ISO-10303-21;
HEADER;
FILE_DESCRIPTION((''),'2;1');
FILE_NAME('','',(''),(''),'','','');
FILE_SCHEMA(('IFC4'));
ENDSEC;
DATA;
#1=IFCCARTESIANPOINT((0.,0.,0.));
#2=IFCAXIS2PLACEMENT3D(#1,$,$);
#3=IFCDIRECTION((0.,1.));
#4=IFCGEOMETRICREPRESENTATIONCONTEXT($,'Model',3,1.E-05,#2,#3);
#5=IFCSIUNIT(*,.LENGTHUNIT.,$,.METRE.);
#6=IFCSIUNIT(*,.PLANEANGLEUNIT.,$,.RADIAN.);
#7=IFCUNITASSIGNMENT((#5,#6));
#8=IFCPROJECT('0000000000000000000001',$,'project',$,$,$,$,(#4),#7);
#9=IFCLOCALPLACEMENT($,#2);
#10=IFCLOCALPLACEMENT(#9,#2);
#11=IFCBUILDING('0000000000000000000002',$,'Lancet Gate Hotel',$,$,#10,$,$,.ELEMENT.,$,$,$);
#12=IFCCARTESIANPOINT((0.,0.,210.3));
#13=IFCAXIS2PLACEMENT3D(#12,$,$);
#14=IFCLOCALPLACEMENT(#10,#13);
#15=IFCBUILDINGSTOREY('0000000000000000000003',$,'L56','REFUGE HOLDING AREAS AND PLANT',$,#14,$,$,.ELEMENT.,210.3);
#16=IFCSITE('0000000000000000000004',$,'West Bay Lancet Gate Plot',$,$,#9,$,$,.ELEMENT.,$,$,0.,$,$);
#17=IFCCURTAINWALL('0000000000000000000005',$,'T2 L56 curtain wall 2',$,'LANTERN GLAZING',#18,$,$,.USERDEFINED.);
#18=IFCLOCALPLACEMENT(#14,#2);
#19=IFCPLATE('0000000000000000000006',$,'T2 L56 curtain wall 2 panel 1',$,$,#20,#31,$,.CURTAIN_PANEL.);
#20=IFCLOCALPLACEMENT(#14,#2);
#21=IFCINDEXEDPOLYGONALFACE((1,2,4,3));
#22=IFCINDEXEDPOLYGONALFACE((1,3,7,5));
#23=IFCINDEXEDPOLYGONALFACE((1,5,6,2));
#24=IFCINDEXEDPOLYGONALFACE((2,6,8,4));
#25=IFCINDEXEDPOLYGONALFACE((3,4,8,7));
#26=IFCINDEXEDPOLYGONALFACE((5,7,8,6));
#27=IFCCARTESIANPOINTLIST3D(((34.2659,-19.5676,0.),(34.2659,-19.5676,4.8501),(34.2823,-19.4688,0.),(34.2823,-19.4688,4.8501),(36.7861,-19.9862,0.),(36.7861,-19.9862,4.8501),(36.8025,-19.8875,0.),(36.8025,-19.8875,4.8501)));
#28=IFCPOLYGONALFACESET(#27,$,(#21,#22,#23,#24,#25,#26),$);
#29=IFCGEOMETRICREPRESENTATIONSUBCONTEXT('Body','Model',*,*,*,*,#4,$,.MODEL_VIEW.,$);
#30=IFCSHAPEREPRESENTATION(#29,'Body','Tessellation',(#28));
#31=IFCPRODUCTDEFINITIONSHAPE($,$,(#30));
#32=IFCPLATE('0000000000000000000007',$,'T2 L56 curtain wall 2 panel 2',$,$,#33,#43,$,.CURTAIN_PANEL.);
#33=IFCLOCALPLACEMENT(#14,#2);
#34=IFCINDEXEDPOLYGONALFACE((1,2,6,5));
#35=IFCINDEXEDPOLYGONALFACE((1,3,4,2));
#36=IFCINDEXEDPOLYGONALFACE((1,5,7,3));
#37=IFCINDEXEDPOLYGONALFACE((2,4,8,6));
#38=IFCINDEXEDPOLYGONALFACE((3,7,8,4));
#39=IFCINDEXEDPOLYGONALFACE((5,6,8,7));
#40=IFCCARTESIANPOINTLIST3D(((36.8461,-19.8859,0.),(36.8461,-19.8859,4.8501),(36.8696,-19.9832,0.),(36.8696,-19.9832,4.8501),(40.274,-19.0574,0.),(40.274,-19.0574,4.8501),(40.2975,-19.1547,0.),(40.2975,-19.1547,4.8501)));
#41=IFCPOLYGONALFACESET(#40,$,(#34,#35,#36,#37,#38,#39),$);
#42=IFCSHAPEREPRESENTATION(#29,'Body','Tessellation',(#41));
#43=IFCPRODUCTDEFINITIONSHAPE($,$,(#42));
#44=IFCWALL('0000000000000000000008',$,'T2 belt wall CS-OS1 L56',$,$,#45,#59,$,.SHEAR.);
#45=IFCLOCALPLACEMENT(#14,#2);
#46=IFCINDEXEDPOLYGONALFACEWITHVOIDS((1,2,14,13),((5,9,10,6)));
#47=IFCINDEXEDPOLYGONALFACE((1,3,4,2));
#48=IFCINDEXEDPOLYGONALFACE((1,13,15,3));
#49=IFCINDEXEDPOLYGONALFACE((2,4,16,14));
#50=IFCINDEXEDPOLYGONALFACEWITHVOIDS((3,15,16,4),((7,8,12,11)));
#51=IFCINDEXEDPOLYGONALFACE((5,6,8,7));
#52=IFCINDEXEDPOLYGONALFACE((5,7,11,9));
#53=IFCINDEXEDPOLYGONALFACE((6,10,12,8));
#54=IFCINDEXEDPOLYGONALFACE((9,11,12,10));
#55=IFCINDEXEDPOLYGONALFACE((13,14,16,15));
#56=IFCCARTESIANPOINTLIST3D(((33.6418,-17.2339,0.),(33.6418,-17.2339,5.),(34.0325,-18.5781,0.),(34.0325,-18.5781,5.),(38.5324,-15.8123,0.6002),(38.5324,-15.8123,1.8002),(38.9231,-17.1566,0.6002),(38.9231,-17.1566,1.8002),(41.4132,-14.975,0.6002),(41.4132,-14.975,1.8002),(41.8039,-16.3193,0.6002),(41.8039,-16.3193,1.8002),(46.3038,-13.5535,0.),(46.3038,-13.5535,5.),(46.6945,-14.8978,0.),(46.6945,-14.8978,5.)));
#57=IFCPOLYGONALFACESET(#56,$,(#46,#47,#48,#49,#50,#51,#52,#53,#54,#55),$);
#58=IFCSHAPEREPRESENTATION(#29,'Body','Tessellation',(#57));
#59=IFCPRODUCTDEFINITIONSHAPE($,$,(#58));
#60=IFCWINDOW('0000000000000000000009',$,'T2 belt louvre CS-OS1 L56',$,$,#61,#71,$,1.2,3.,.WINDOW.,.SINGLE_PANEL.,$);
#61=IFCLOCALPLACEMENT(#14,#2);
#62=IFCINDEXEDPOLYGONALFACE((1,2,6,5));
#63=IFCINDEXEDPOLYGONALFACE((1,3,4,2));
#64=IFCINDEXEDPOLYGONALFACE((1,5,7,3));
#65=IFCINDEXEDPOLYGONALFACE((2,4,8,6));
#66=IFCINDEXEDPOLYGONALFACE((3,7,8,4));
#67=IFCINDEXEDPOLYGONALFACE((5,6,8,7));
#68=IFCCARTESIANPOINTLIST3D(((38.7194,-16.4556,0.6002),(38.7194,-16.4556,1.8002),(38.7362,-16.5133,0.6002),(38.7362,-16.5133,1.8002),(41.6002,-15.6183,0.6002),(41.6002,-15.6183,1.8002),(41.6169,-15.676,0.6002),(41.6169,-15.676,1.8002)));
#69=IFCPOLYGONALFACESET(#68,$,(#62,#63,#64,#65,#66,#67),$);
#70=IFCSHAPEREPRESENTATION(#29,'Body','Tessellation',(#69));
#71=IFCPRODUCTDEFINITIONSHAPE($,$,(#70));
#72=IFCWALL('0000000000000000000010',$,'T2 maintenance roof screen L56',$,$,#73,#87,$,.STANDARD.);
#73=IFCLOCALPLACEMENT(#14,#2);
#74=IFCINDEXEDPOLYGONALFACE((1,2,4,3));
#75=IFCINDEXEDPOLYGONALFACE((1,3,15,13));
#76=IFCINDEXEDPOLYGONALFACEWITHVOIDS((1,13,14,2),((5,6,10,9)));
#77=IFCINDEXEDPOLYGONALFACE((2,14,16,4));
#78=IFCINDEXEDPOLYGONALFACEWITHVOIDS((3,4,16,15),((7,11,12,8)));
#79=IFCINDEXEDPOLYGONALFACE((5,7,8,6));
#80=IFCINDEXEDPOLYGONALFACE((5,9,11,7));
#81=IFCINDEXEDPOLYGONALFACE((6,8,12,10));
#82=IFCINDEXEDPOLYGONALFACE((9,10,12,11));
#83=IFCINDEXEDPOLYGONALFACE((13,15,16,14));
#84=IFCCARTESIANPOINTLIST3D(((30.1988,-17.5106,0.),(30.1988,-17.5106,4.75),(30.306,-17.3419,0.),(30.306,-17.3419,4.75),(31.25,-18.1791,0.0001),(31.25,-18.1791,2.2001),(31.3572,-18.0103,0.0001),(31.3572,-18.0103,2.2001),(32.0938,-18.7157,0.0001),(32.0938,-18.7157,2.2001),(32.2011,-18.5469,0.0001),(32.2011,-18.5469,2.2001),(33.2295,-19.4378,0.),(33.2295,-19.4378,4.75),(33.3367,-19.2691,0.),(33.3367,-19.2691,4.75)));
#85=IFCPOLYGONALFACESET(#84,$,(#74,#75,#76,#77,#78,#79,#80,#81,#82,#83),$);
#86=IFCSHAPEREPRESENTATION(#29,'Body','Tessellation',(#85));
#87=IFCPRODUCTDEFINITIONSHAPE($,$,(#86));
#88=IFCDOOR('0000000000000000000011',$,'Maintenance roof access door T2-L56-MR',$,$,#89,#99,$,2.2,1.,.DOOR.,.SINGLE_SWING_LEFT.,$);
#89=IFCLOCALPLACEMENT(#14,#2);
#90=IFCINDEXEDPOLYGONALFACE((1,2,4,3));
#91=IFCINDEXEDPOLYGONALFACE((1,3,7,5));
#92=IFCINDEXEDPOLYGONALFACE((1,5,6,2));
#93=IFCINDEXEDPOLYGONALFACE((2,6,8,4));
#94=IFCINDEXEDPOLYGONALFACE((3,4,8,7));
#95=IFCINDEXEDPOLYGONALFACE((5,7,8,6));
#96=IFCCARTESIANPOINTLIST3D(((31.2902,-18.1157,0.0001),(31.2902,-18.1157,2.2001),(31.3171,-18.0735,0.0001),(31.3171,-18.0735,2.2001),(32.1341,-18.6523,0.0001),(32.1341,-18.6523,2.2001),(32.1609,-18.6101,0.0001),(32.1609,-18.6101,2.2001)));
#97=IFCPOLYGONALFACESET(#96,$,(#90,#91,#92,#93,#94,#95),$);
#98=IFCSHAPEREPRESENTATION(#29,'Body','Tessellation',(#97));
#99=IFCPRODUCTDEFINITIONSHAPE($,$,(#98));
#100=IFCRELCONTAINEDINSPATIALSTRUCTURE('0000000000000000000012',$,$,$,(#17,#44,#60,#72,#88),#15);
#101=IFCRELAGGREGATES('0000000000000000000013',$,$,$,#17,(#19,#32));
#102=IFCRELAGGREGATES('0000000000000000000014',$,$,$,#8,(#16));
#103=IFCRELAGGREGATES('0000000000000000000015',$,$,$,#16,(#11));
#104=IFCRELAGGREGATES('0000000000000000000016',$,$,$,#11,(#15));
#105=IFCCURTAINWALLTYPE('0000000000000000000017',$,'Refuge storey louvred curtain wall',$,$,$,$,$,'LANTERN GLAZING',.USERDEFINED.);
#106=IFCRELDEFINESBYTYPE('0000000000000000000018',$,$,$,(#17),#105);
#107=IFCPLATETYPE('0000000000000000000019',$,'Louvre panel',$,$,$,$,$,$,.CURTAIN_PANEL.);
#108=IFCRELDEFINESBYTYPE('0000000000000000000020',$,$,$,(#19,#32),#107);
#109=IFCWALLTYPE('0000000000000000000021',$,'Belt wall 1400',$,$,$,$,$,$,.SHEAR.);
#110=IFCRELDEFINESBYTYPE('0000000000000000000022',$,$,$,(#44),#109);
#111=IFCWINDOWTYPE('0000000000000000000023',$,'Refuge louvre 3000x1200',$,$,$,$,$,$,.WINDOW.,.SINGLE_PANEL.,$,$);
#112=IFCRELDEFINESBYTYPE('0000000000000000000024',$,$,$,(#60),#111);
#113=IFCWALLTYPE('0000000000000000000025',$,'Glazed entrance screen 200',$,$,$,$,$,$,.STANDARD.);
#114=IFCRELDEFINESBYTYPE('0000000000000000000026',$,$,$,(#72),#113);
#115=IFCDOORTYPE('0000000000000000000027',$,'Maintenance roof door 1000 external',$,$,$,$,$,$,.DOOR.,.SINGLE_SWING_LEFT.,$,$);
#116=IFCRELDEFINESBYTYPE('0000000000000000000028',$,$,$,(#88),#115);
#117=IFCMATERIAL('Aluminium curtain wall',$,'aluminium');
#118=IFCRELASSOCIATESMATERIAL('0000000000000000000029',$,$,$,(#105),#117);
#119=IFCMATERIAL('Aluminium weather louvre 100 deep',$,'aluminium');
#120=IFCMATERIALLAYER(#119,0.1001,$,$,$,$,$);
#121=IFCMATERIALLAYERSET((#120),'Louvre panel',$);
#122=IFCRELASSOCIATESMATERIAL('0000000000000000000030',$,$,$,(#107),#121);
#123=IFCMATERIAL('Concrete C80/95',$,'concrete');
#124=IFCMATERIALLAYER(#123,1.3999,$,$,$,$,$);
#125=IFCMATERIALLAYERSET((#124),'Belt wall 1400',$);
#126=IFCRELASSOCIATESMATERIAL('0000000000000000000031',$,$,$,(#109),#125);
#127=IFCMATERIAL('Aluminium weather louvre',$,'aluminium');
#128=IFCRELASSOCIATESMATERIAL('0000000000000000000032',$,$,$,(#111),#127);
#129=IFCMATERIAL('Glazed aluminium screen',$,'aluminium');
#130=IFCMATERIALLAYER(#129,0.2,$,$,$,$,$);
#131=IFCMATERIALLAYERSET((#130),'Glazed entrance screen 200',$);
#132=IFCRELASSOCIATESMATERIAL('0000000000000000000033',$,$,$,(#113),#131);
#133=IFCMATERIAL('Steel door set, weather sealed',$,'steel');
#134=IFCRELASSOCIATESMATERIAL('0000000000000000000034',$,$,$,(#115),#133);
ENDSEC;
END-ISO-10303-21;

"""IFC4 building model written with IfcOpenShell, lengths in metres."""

from ifc_helpers import new_model, si_unit, direction, frame, frame_2d, origin, origin_2d, place, context, subcontext, project, spatial, rectangle, extrude, material, layer, layer_set, type_object, element, fill, aggregate, save


model = new_model("IFC4")

# Units and contexts
model_context = context("Model", 3, precision=1e-05, world=origin(), true_north=direction((0.0, 1.0)))
body_context = subcontext(model_context, "Body", "Model", "MODEL_VIEW")
ifc_project = project(units=[si_unit("LENGTHUNIT", "METRE"), si_unit("PLANEANGLEUNIT", "RADIAN")], contexts=[model_context])

# Site, building, storey
site_placement = place(None, origin())
site = spatial("IfcSite", under=ifc_project, at=site_placement, Name="West Bay Lancet Gate Plot", CompositionType="ELEMENT", RefElevation=0.0)
building_placement = place(site_placement, origin())
building = spatial("IfcBuilding", under=site, at=building_placement, Name="Lancet Gate Hotel", CompositionType="ELEMENT")
storey_placement = place(building_placement, frame((0.0, 0.0, 210.3)))
storey = spatial("IfcBuildingStorey", under=building, at=storey_placement, Name="L56", Description="REFUGE HOLDING AREAS AND PLANT", CompositionType="ELEMENT", Elevation=210.3)

# Shared definitions
ifc_material_1 = material(Name="Aluminium curtain wall", Category="aluminium")
curtain_wall_type = type_object("IfcCurtainWallType", Name="Refuge storey louvred curtain wall", ElementType="LANTERN GLAZING", PredefinedType="USERDEFINED", material=ifc_material_1)

# Curtain wall
curtain_wall_1_placement = place(storey_placement, origin())
curtain_wall_1 = element("IfcCurtainWall", 1, at=curtain_wall_1_placement, inside=storey, type_object=curtain_wall_type, Name="T2 L56 curtain wall 2", ObjectType="LANTERN GLAZING", PredefinedType="USERDEFINED")

# Plates
ifc_material_2 = material(Name="Aluminium weather louvre 100 deep", Category="aluminium")
ifc_layer_1 = layer(ifc_material_2, 0.1001)
ifc_layer_set_1 = layer_set([ifc_layer_1], Name="Louvre panel")
plate_type = type_object("IfcPlateType", Name="Louvre panel", PredefinedType="CURTAIN_PANEL", material=ifc_layer_set_1)
plate_1_placement = place(storey_placement, frame((35.5342, -19.7275, 0.0), z_axis=(0.0, 0.0, 1.0), x_axis=(0.98648, -0.163881, 0.0)))
plate_1 = element("IfcPlate", 2, at=plate_1_placement, type_object=plate_type, Name="T2 L56 curtain wall 2 panel 1", PredefinedType="CURTAIN_PANEL", context=body_context, shape_type="SweptSolid", body=[
    extrude(rectangle(XDim=2.5547, YDim=0.1001, at=origin_2d()), origin(), (0.0, 0.0, 1.0), 4.8501),
])
plate_2_placement = place(storey_placement, frame((38.5718, -19.5203, 0.0), z_axis=(0.0, 0.0, 1.0), x_axis=(0.972014, 0.234924, 0.0)))
plate_2 = element("IfcPlate", 3, at=plate_2_placement, type_object=plate_type, Name="T2 L56 curtain wall 2 panel 2", PredefinedType="CURTAIN_PANEL", context=body_context, shape_type="SweptSolid", body=[
    extrude(rectangle(XDim=3.5266, YDim=0.1001, at=origin_2d()), origin(), (0.0, 0.0, 1.0), 4.8501),
])
aggregate(curtain_wall_1, [plate_1, plate_2])

# Wall, opening, window
ifc_material_3 = material(Name="Concrete C80/95", Category="concrete")
ifc_layer_2 = layer(ifc_material_3, 1.3999)
ifc_layer_set_2 = layer_set([ifc_layer_2], Name="Belt wall 1400")
wall_type_1 = type_object("IfcWallType", Name="Belt wall 1400", PredefinedType="SHEAR", material=ifc_layer_set_2)
wall_1_placement = place(storey_placement, frame((33.8372, -17.906, 0.0), z_axis=(0.0, 0.0, 1.0), x_axis=(0.960258, 0.279113, 0.0)))
wall_1 = element("IfcWall", 4, at=wall_1_placement, inside=storey, type_object=wall_type_1, Name="T2 belt wall CS-OS1 L56", PredefinedType="SHEAR", context=body_context, shape_type="SweptSolid", body=[
    extrude(rectangle(XDim=13.186, YDim=1.3999, at=frame_2d((6.593, 0.0))), origin(), (0.0, 0.0, 1.0), 5.0),
])
opening_1_placement = place(wall_1_placement, frame((5.093, 0.0, 0.6001)))
opening_1 = element("IfcOpeningElement", 5, at=opening_1_placement, cuts=wall_1, PredefinedType="OPENING", context=body_context, shape_type="SweptSolid", body=[
    extrude(rectangle(XDim=3.0, YDim=1.2, at=frame_2d((1.5, 0.6001))), frame((0.0, 0.71, 0.0), z_axis=(0.0, -1.0, 0.0), x_axis=(1.0, 0.0, 0.0)), (0.0, 0.0, 1.0), 1.4199),
])
ifc_material_4 = material(Name="Aluminium weather louvre", Category="aluminium")
window_type = type_object("IfcWindowType", Name="Refuge louvre 3000x1200", PartitioningType="SINGLE_PANEL", PredefinedType="WINDOW", material=ifc_material_4)
window_placement = place(opening_1_placement, origin())
window = element("IfcWindow", 6, at=window_placement, inside=storey, type_object=window_type, Name="T2 belt louvre CS-OS1 L56", OverallHeight=1.2, OverallWidth=3.0, PartitioningType="SINGLE_PANEL", PredefinedType="WINDOW", context=body_context, shape_type="SweptSolid", body=[
    extrude(rectangle(XDim=3.0, YDim=1.2, at=frame_2d((1.5, 0.6001))), frame((0.0, 0.03, 0.0), z_axis=(0.0, -1.0, 0.0), x_axis=(1.0, 0.0, 0.0)), (0.0, 0.0, 1.0), 0.0601),
])
fill(opening_1, window)

# Wall, opening, door
ifc_material_5 = material(Name="Glazed aluminium screen", Category="aluminium")
ifc_layer_3 = layer(ifc_material_5, 0.2)
ifc_layer_set_3 = layer_set([ifc_layer_3], Name="Glazed entrance screen 200")
wall_type_2 = type_object("IfcWallType", Name="Glazed entrance screen 200", PredefinedType="STANDARD", material=ifc_layer_set_3)
wall_2_placement = place(storey_placement, frame((33.2832, -19.3535, 0.0), z_axis=(0.0, 0.0, 1.0), x_axis=(-0.843841, 0.536594, 0.0)))
wall_2 = element("IfcWall", 7, at=wall_2_placement, inside=storey, type_object=wall_type_2, Name="T2 maintenance roof screen L56", PredefinedType="STANDARD", context=body_context, shape_type="SweptSolid", body=[
    extrude(rectangle(XDim=3.5916, YDim=0.2, at=frame_2d((1.7959, 0.0))), origin(), (0.0, 0.0, 1.0), 4.75),
])
opening_2_placement = place(wall_2_placement, frame((1.3459, 0.0, 0.0)))
opening_2 = element("IfcOpeningElement", 8, at=opening_2_placement, cuts=wall_2, PredefinedType="OPENING", context=body_context, shape_type="SweptSolid", body=[
    extrude(rectangle(XDim=1.0, YDim=2.2, at=frame_2d((0.5, 1.1001))), frame((0.0, 0.1099, 0.0), z_axis=(0.0, -1.0, 0.0), x_axis=(1.0, 0.0, 0.0)), (0.0, 0.0, 1.0), 0.22),
])
ifc_material_6 = material(Name="Steel door set, weather sealed", Category="steel")
door_type = type_object("IfcDoorType", Name="Maintenance roof door 1000 external", OperationType="SINGLE_SWING_LEFT", PredefinedType="DOOR", material=ifc_material_6)
door_placement = place(opening_2_placement, origin())
door = element("IfcDoor", 9, at=door_placement, inside=storey, type_object=door_type, Name="Maintenance roof access door T2-L56-MR", OperationType="SINGLE_SWING_LEFT", OverallHeight=2.2, OverallWidth=1.0, PredefinedType="DOOR", context=body_context, shape_type="SweptSolid", body=[
    extrude(rectangle(XDim=1.0, YDim=2.2, at=frame_2d((0.5, 1.1001))), frame((0.0, 0.0249, 0.0), z_axis=(0.0, -1.0, 0.0), x_axis=(1.0, 0.0, 0.0)), (0.0, 0.0, 1.0), 0.05),
])
fill(opening_2, door)

save(model, "model.ifc")
